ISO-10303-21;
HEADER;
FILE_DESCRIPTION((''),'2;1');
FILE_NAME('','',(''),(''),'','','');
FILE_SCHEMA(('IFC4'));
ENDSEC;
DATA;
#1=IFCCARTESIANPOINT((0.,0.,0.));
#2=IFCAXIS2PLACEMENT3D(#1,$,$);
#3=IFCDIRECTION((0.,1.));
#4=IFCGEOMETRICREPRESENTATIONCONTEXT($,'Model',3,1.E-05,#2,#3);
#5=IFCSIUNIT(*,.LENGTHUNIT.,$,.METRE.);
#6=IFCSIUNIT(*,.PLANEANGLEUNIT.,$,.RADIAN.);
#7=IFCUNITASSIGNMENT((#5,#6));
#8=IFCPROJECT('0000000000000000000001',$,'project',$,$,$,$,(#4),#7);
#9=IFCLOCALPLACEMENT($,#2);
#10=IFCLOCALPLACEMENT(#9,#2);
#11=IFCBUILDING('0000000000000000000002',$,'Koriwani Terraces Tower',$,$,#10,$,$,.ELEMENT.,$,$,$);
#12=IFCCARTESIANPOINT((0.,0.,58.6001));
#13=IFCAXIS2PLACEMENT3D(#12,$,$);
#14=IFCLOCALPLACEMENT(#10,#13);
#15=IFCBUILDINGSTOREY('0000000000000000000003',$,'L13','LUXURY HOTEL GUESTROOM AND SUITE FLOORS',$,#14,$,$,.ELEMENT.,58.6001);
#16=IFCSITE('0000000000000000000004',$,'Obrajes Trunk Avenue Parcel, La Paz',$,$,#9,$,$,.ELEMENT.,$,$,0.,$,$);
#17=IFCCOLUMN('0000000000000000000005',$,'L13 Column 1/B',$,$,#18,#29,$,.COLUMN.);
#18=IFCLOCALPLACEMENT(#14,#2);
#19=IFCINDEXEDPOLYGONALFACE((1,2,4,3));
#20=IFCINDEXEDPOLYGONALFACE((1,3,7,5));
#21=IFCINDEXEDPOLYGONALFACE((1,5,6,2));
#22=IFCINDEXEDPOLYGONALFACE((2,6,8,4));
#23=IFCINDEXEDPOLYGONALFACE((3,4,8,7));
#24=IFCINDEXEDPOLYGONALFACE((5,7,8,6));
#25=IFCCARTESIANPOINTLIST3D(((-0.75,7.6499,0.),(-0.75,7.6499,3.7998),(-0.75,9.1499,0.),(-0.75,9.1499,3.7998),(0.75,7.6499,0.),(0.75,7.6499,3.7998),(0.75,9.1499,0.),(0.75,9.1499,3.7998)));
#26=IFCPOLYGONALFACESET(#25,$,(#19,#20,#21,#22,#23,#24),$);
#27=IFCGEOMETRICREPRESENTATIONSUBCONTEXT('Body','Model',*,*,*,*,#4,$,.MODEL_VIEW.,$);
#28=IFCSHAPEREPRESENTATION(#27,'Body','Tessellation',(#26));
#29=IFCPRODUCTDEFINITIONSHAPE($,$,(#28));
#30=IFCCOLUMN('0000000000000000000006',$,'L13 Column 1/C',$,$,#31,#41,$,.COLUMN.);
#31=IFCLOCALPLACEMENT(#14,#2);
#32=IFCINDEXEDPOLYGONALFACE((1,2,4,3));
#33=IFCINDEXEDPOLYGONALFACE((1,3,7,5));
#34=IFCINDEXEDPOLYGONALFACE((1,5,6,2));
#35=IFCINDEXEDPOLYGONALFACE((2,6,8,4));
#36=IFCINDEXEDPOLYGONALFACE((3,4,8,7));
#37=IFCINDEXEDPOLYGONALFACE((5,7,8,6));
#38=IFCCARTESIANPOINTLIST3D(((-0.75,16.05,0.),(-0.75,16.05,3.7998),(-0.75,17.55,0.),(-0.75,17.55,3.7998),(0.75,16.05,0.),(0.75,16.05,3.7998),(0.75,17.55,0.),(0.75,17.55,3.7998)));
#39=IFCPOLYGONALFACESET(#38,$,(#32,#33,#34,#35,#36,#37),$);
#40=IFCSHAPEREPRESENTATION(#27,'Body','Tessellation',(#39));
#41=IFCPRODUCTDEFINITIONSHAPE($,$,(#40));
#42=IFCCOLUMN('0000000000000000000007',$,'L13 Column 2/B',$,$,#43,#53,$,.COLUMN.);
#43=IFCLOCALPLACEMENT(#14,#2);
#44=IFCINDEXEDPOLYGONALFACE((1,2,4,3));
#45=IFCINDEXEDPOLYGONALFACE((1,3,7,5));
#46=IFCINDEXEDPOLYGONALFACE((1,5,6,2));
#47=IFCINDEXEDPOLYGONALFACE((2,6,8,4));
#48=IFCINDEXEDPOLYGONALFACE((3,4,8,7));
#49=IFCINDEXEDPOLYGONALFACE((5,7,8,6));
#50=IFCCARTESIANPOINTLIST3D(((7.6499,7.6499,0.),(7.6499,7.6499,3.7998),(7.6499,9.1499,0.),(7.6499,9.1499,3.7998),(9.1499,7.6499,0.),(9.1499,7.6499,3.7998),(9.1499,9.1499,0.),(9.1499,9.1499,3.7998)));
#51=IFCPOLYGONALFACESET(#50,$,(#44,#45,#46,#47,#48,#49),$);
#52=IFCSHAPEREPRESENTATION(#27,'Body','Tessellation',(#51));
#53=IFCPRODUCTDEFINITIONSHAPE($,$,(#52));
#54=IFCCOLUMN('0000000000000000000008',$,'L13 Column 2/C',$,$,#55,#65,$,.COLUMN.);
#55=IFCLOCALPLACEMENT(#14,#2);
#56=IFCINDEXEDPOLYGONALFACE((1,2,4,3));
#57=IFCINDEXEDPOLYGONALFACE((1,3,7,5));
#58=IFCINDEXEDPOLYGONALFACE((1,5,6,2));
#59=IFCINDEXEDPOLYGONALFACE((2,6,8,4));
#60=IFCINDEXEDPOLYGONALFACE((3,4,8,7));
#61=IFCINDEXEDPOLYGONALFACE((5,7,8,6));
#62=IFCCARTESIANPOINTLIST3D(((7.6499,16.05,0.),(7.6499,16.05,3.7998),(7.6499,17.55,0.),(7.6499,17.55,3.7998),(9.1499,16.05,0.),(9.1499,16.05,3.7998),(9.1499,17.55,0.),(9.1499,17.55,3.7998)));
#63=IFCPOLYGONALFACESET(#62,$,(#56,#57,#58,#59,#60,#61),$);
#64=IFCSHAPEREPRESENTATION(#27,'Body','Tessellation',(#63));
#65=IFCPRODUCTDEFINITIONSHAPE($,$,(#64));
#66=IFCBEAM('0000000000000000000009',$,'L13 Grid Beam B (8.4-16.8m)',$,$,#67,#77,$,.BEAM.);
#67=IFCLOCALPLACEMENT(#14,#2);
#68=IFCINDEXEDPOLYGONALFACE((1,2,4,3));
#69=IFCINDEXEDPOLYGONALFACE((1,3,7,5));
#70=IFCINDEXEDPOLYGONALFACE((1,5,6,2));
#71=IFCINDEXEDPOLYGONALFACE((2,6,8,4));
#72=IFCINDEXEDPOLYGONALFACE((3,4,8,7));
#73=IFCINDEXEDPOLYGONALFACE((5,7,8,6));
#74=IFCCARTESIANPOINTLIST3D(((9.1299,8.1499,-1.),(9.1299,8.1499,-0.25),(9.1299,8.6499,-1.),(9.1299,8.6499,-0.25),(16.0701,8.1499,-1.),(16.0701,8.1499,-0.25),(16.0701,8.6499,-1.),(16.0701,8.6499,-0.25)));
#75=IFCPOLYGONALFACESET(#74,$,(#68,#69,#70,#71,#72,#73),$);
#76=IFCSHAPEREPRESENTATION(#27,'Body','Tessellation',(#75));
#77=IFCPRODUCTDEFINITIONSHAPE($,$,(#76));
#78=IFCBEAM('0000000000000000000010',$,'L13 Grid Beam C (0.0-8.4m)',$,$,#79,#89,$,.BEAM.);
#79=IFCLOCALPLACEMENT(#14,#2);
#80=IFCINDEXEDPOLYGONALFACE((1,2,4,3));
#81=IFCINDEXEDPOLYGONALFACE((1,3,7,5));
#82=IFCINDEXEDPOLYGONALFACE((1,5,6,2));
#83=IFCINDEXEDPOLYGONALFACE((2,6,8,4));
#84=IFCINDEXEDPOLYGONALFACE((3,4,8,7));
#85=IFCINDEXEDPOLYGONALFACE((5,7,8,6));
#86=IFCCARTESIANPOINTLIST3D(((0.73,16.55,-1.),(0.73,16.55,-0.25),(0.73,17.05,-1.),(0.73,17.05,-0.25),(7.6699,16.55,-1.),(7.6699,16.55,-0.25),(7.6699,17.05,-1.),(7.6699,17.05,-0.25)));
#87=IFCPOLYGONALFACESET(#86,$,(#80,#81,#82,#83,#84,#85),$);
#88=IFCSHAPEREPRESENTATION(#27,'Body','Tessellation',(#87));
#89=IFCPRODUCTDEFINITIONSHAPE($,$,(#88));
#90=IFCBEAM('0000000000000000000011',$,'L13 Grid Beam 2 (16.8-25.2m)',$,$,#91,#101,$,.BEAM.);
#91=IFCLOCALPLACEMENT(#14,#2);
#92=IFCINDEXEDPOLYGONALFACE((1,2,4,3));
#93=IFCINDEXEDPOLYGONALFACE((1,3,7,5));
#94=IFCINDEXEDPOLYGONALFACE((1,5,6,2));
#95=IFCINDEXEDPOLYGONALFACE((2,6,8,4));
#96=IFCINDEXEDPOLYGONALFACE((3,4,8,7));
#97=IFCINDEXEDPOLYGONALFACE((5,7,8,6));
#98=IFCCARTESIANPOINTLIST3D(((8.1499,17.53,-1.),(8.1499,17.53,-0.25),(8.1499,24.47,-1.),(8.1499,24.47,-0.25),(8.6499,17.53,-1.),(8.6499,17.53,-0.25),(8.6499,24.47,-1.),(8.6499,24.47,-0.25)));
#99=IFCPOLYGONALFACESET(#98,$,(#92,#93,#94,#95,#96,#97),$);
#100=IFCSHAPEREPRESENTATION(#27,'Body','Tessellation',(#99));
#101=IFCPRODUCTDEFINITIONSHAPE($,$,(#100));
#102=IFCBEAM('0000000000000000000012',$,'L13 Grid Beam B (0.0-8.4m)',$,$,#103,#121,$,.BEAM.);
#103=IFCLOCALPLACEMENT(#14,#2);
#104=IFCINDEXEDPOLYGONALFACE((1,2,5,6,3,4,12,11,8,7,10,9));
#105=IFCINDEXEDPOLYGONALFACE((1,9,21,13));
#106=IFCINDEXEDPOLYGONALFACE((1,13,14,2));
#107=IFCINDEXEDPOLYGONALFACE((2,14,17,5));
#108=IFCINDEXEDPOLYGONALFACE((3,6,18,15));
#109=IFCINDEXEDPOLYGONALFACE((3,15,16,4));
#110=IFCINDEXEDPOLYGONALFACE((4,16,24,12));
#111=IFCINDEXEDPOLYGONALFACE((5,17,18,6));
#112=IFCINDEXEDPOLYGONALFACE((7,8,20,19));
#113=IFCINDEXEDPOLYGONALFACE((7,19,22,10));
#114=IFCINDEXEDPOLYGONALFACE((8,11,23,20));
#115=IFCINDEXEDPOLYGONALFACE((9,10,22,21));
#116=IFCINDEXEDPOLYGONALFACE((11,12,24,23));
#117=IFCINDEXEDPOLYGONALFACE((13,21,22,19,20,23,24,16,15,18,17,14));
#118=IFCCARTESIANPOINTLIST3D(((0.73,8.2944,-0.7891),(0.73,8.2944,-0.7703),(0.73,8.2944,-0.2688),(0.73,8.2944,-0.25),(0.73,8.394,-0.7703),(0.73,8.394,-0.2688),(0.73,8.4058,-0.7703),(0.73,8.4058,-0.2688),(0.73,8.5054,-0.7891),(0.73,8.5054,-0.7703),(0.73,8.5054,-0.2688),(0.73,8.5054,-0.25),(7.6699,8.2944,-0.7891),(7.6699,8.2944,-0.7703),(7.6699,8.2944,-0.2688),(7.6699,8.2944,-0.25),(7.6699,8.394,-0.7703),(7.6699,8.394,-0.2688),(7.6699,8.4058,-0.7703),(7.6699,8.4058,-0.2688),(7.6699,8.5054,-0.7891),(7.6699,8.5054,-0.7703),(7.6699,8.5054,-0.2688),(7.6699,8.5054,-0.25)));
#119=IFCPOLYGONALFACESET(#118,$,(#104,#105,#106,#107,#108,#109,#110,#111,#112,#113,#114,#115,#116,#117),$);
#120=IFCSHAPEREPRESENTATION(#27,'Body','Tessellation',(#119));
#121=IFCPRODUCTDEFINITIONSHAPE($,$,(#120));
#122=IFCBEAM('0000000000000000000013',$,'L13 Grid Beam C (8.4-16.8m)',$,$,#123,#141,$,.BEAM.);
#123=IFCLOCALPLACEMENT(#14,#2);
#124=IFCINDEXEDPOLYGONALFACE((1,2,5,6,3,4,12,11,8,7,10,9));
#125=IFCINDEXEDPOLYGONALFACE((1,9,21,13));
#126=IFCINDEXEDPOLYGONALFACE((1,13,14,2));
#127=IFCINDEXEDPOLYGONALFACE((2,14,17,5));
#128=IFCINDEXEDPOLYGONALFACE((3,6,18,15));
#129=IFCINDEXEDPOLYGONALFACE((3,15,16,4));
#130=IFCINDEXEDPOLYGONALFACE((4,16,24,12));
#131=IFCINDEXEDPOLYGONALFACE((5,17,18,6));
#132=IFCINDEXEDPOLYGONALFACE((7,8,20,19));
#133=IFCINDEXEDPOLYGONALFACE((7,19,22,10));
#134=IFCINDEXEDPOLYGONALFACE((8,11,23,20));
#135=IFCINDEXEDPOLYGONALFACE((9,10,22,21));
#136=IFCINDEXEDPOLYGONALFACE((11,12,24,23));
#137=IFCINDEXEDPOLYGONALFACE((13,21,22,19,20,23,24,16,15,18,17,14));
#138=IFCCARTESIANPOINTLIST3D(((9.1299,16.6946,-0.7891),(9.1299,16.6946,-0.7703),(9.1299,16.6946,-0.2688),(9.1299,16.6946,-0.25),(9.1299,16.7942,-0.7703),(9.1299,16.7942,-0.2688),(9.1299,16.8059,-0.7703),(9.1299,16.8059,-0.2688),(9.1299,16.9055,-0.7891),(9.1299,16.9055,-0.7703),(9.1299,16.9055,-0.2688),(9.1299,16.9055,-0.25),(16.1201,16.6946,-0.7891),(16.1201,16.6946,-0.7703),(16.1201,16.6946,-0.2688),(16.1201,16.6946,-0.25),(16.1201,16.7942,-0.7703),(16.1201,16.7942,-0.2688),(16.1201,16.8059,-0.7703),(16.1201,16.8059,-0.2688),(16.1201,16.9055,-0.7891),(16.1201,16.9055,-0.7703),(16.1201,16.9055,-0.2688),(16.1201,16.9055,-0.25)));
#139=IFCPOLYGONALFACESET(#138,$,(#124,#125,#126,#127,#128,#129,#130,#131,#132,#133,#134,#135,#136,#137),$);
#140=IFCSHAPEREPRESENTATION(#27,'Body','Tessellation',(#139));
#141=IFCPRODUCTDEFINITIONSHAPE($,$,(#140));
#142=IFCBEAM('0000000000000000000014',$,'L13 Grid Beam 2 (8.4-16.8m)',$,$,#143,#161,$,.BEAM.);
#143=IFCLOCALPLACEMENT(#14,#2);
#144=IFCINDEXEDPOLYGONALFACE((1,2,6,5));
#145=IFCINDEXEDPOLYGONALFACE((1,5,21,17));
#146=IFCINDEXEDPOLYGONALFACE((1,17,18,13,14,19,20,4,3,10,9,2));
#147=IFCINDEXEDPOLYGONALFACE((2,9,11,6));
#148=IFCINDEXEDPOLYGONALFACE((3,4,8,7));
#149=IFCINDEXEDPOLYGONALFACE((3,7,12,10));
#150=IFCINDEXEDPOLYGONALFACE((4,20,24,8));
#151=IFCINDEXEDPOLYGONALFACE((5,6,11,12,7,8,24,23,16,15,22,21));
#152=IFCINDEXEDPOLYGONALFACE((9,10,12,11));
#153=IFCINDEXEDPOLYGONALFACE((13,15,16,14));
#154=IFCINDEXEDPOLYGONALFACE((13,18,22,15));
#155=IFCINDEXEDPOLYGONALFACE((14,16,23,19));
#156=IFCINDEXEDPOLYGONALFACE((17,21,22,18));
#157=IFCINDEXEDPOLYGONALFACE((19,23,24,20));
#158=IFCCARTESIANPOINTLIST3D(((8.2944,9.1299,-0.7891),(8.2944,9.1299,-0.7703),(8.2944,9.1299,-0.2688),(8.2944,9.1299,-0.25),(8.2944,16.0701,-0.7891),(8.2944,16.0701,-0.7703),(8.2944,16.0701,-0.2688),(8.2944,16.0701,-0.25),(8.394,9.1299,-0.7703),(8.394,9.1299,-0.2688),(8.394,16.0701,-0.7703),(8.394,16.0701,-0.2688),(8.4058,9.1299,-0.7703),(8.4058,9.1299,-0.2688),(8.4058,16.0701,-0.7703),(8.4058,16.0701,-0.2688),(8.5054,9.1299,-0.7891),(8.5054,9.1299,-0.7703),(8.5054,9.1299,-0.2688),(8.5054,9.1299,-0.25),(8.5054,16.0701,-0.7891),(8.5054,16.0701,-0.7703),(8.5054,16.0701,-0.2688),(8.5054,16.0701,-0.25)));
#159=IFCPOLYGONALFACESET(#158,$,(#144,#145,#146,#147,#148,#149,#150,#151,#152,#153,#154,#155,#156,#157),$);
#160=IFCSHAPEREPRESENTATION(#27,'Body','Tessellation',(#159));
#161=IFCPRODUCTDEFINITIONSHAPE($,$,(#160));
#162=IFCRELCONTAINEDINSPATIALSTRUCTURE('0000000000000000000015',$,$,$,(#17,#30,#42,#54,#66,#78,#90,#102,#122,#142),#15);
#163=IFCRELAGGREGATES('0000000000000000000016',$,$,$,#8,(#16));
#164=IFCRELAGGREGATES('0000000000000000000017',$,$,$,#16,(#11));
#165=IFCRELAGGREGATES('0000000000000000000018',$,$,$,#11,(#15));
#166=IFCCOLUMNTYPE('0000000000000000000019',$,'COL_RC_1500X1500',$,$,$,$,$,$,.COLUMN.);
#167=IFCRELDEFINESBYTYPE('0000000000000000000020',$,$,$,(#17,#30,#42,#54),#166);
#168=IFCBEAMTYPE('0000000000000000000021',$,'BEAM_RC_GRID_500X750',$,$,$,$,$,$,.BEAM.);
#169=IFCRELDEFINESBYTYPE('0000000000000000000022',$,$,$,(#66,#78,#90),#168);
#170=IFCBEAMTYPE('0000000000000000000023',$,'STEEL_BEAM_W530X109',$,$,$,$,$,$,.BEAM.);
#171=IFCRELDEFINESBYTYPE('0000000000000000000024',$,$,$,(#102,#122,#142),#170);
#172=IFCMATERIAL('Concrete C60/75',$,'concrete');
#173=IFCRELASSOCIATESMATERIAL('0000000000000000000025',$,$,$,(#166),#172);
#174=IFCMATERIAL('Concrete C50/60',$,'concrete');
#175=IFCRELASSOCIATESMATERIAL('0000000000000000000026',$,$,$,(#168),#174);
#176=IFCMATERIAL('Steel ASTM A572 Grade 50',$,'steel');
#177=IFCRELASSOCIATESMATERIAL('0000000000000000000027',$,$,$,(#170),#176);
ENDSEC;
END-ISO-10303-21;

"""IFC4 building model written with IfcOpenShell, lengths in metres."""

from ifc_helpers import new_model, si_unit, direction, frame, origin, origin_2d, place, context, subcontext, project, spatial, rectangle, i_section, extrude, material, material_profile, profile_set, type_object, element, save


model = new_model("IFC4")

# Units and contexts
model_context = context("Model", 3, precision=1e-05, world=origin(), true_north=direction((0.0, 1.0)))
body_context = subcontext(model_context, "Body", "Model", "MODEL_VIEW")
ifc_project = project(units=[si_unit("LENGTHUNIT", "METRE"), si_unit("PLANEANGLEUNIT", "RADIAN")], contexts=[model_context])

# Site, building, storey
site_placement = place(None, origin())
site = spatial("IfcSite", under=ifc_project, at=site_placement, Name="Obrajes Trunk Avenue Parcel, La Paz", CompositionType="ELEMENT", RefElevation=0.0)
building_placement = place(site_placement, origin())
building = spatial("IfcBuilding", under=site, at=building_placement, Name="Koriwani Terraces Tower", CompositionType="ELEMENT")
storey_placement = place(building_placement, frame((0.0, 0.0, 58.6001)))
storey = spatial("IfcBuildingStorey", under=building, at=storey_placement, Name="L13", Description="LUXURY HOTEL GUESTROOM AND SUITE FLOORS", CompositionType="ELEMENT", Elevation=58.6001)

# Columns
ifc_material_1 = material(Name="Concrete C60/75", Category="concrete")
ifc_material_profile_1 = material_profile(ifc_material_1, rectangle(XDim=1.5, YDim=1.5, at=origin_2d()), Name="Concrete C60/75", Category="LoadBearing")
ifc_profile_set_1 = profile_set([ifc_material_profile_1], Name="Concrete C60/75")
column_type = type_object("IfcColumnType", Name="COL_RC_1500X1500", PredefinedType="COLUMN", material=ifc_profile_set_1)
for number, where, z_axis, x_axis, name in (
    (1, (0.0, 8.3999, 0.0), (0.0, 0.0, 1.0), (1.0, 0.0, 0.0), "L13 Column 1/B"),
    (2, (0.0, 16.8, 0.0), (0.0, 0.0, 1.0), (1.0, 0.0, 0.0), "L13 Column 1/C"),
    (3, (8.3999, 8.3999, 0.0), (0.0, 0.0, 1.0), (1.0, 0.0, 0.0), "L13 Column 2/B"),
    (4, (8.3999, 16.8, 0.0), (0.0, 0.0, 1.0), (1.0, 0.0, 0.0), "L13 Column 2/C"),
):
    element("IfcColumn", number, at=place(storey_placement, frame(where, z_axis=z_axis, x_axis=x_axis)), inside=storey, type_object=column_type, Name=name, PredefinedType="COLUMN", context=body_context, shape_type="SweptSolid", body=[
        extrude(rectangle(XDim=1.5, YDim=1.5, at=origin_2d()), origin(), (0.0, 0.0, 1.0), 3.7998),
    ])

# Beams
ifc_material_2 = material(Name="Concrete C50/60", Category="concrete")
ifc_material_profile_2 = material_profile(ifc_material_2, rectangle(XDim=0.5, YDim=0.75, at=origin_2d()), Name="Concrete C50/60", Category="LoadBearing")
ifc_profile_set_2 = profile_set([ifc_material_profile_2], Name="Concrete C50/60")
beam_type_1 = type_object("IfcBeamType", Name="BEAM_RC_GRID_500X750", PredefinedType="BEAM", material=ifc_profile_set_2)
beam_1_placement = place(storey_placement, frame((9.1299, 8.3999, -0.625), z_axis=(1.0, 0.0, 0.0), x_axis=(0.0, 1.0, 0.0)))
element("IfcBeam", 5, at=beam_1_placement, inside=storey, type_object=beam_type_1, Name="L13 Grid Beam B (8.4-16.8m)", PredefinedType="BEAM", context=body_context, shape_type="SweptSolid", body=[
    extrude(rectangle(XDim=0.5, YDim=0.75, at=origin_2d()), origin(), (0.0, 0.0, 1.0), 6.9402),
])
for number, where, z_axis, x_axis, name in (
    (6, (0.73, 16.8, -0.625), (1.0, 0.0, 0.0), (0.0, 1.0, 0.0), "L13 Grid Beam C (0.0-8.4m)"),
    (7, (8.3999, 17.53, -0.625), (0.0, 1.0, 0.0), (-1.0, 0.0, 0.0), "L13 Grid Beam 2 (16.8-25.2m)"),
):
    element("IfcBeam", number, at=place(storey_placement, frame(where, z_axis=z_axis, x_axis=x_axis)), inside=storey, type_object=beam_type_1, Name=name, PredefinedType="BEAM", context=body_context, shape_type="SweptSolid", body=[
        extrude(rectangle(XDim=0.5, YDim=0.75, at=origin_2d()), origin(), (0.0, 0.0, 1.0), 6.9399),
    ])
ifc_material_3 = material(Name="Steel ASTM A572 Grade 50", Category="steel")
ifc_material_profile_3 = material_profile(ifc_material_3, i_section(OverallWidth=0.2109, OverallDepth=0.5391, WebThickness=0.0117, FlangeThickness=0.0188, at=origin_2d()), Name="Steel ASTM A572 Grade 50", Category="LoadBearing")
ifc_profile_set_3 = profile_set([ifc_material_profile_3], Name="Steel ASTM A572 Grade 50")
beam_type_2 = type_object("IfcBeamType", Name="STEEL_BEAM_W530X109", PredefinedType="BEAM", material=ifc_profile_set_3)
beam_2_placement = place(storey_placement, frame((0.73, 8.3999, -0.5195), z_axis=(1.0, 0.0, 0.0), x_axis=(0.0, 1.0, 0.0)))
element("IfcBeam", 8, at=beam_2_placement, inside=storey, type_object=beam_type_2, Name="L13 Grid Beam B (0.0-8.4m)", PredefinedType="BEAM", context=body_context, shape_type="SweptSolid", body=[
    extrude(i_section(OverallWidth=0.2109, OverallDepth=0.5391, WebThickness=0.0117, FlangeThickness=0.0188, at=origin_2d()), origin(), (0.0, 0.0, 1.0), 6.9399),
])
beam_3_placement = place(storey_placement, frame((9.1299, 16.8, -0.5195), z_axis=(1.0, 0.0, 0.0), x_axis=(0.0, 1.0, 0.0)))
element("IfcBeam", 9, at=beam_3_placement, inside=storey, type_object=beam_type_2, Name="L13 Grid Beam C (8.4-16.8m)", PredefinedType="BEAM", context=body_context, shape_type="SweptSolid", body=[
    extrude(i_section(OverallWidth=0.2109, OverallDepth=0.5391, WebThickness=0.0117, FlangeThickness=0.0188, at=origin_2d()), origin(), (0.0, 0.0, 1.0), 6.9902),
])
beam_4_placement = place(storey_placement, frame((8.3999, 9.1299, -0.5195), z_axis=(0.0, 1.0, 0.0), x_axis=(-1.0, 0.0, 0.0)))
element("IfcBeam", 10, at=beam_4_placement, inside=storey, type_object=beam_type_2, Name="L13 Grid Beam 2 (8.4-16.8m)", PredefinedType="BEAM", context=body_context, shape_type="SweptSolid", body=[
    extrude(i_section(OverallWidth=0.2109, OverallDepth=0.5391, WebThickness=0.0117, FlangeThickness=0.0188, at=origin_2d()), origin(), (0.0, 0.0, 1.0), 6.9402),
])

save(model, "model.ifc")
